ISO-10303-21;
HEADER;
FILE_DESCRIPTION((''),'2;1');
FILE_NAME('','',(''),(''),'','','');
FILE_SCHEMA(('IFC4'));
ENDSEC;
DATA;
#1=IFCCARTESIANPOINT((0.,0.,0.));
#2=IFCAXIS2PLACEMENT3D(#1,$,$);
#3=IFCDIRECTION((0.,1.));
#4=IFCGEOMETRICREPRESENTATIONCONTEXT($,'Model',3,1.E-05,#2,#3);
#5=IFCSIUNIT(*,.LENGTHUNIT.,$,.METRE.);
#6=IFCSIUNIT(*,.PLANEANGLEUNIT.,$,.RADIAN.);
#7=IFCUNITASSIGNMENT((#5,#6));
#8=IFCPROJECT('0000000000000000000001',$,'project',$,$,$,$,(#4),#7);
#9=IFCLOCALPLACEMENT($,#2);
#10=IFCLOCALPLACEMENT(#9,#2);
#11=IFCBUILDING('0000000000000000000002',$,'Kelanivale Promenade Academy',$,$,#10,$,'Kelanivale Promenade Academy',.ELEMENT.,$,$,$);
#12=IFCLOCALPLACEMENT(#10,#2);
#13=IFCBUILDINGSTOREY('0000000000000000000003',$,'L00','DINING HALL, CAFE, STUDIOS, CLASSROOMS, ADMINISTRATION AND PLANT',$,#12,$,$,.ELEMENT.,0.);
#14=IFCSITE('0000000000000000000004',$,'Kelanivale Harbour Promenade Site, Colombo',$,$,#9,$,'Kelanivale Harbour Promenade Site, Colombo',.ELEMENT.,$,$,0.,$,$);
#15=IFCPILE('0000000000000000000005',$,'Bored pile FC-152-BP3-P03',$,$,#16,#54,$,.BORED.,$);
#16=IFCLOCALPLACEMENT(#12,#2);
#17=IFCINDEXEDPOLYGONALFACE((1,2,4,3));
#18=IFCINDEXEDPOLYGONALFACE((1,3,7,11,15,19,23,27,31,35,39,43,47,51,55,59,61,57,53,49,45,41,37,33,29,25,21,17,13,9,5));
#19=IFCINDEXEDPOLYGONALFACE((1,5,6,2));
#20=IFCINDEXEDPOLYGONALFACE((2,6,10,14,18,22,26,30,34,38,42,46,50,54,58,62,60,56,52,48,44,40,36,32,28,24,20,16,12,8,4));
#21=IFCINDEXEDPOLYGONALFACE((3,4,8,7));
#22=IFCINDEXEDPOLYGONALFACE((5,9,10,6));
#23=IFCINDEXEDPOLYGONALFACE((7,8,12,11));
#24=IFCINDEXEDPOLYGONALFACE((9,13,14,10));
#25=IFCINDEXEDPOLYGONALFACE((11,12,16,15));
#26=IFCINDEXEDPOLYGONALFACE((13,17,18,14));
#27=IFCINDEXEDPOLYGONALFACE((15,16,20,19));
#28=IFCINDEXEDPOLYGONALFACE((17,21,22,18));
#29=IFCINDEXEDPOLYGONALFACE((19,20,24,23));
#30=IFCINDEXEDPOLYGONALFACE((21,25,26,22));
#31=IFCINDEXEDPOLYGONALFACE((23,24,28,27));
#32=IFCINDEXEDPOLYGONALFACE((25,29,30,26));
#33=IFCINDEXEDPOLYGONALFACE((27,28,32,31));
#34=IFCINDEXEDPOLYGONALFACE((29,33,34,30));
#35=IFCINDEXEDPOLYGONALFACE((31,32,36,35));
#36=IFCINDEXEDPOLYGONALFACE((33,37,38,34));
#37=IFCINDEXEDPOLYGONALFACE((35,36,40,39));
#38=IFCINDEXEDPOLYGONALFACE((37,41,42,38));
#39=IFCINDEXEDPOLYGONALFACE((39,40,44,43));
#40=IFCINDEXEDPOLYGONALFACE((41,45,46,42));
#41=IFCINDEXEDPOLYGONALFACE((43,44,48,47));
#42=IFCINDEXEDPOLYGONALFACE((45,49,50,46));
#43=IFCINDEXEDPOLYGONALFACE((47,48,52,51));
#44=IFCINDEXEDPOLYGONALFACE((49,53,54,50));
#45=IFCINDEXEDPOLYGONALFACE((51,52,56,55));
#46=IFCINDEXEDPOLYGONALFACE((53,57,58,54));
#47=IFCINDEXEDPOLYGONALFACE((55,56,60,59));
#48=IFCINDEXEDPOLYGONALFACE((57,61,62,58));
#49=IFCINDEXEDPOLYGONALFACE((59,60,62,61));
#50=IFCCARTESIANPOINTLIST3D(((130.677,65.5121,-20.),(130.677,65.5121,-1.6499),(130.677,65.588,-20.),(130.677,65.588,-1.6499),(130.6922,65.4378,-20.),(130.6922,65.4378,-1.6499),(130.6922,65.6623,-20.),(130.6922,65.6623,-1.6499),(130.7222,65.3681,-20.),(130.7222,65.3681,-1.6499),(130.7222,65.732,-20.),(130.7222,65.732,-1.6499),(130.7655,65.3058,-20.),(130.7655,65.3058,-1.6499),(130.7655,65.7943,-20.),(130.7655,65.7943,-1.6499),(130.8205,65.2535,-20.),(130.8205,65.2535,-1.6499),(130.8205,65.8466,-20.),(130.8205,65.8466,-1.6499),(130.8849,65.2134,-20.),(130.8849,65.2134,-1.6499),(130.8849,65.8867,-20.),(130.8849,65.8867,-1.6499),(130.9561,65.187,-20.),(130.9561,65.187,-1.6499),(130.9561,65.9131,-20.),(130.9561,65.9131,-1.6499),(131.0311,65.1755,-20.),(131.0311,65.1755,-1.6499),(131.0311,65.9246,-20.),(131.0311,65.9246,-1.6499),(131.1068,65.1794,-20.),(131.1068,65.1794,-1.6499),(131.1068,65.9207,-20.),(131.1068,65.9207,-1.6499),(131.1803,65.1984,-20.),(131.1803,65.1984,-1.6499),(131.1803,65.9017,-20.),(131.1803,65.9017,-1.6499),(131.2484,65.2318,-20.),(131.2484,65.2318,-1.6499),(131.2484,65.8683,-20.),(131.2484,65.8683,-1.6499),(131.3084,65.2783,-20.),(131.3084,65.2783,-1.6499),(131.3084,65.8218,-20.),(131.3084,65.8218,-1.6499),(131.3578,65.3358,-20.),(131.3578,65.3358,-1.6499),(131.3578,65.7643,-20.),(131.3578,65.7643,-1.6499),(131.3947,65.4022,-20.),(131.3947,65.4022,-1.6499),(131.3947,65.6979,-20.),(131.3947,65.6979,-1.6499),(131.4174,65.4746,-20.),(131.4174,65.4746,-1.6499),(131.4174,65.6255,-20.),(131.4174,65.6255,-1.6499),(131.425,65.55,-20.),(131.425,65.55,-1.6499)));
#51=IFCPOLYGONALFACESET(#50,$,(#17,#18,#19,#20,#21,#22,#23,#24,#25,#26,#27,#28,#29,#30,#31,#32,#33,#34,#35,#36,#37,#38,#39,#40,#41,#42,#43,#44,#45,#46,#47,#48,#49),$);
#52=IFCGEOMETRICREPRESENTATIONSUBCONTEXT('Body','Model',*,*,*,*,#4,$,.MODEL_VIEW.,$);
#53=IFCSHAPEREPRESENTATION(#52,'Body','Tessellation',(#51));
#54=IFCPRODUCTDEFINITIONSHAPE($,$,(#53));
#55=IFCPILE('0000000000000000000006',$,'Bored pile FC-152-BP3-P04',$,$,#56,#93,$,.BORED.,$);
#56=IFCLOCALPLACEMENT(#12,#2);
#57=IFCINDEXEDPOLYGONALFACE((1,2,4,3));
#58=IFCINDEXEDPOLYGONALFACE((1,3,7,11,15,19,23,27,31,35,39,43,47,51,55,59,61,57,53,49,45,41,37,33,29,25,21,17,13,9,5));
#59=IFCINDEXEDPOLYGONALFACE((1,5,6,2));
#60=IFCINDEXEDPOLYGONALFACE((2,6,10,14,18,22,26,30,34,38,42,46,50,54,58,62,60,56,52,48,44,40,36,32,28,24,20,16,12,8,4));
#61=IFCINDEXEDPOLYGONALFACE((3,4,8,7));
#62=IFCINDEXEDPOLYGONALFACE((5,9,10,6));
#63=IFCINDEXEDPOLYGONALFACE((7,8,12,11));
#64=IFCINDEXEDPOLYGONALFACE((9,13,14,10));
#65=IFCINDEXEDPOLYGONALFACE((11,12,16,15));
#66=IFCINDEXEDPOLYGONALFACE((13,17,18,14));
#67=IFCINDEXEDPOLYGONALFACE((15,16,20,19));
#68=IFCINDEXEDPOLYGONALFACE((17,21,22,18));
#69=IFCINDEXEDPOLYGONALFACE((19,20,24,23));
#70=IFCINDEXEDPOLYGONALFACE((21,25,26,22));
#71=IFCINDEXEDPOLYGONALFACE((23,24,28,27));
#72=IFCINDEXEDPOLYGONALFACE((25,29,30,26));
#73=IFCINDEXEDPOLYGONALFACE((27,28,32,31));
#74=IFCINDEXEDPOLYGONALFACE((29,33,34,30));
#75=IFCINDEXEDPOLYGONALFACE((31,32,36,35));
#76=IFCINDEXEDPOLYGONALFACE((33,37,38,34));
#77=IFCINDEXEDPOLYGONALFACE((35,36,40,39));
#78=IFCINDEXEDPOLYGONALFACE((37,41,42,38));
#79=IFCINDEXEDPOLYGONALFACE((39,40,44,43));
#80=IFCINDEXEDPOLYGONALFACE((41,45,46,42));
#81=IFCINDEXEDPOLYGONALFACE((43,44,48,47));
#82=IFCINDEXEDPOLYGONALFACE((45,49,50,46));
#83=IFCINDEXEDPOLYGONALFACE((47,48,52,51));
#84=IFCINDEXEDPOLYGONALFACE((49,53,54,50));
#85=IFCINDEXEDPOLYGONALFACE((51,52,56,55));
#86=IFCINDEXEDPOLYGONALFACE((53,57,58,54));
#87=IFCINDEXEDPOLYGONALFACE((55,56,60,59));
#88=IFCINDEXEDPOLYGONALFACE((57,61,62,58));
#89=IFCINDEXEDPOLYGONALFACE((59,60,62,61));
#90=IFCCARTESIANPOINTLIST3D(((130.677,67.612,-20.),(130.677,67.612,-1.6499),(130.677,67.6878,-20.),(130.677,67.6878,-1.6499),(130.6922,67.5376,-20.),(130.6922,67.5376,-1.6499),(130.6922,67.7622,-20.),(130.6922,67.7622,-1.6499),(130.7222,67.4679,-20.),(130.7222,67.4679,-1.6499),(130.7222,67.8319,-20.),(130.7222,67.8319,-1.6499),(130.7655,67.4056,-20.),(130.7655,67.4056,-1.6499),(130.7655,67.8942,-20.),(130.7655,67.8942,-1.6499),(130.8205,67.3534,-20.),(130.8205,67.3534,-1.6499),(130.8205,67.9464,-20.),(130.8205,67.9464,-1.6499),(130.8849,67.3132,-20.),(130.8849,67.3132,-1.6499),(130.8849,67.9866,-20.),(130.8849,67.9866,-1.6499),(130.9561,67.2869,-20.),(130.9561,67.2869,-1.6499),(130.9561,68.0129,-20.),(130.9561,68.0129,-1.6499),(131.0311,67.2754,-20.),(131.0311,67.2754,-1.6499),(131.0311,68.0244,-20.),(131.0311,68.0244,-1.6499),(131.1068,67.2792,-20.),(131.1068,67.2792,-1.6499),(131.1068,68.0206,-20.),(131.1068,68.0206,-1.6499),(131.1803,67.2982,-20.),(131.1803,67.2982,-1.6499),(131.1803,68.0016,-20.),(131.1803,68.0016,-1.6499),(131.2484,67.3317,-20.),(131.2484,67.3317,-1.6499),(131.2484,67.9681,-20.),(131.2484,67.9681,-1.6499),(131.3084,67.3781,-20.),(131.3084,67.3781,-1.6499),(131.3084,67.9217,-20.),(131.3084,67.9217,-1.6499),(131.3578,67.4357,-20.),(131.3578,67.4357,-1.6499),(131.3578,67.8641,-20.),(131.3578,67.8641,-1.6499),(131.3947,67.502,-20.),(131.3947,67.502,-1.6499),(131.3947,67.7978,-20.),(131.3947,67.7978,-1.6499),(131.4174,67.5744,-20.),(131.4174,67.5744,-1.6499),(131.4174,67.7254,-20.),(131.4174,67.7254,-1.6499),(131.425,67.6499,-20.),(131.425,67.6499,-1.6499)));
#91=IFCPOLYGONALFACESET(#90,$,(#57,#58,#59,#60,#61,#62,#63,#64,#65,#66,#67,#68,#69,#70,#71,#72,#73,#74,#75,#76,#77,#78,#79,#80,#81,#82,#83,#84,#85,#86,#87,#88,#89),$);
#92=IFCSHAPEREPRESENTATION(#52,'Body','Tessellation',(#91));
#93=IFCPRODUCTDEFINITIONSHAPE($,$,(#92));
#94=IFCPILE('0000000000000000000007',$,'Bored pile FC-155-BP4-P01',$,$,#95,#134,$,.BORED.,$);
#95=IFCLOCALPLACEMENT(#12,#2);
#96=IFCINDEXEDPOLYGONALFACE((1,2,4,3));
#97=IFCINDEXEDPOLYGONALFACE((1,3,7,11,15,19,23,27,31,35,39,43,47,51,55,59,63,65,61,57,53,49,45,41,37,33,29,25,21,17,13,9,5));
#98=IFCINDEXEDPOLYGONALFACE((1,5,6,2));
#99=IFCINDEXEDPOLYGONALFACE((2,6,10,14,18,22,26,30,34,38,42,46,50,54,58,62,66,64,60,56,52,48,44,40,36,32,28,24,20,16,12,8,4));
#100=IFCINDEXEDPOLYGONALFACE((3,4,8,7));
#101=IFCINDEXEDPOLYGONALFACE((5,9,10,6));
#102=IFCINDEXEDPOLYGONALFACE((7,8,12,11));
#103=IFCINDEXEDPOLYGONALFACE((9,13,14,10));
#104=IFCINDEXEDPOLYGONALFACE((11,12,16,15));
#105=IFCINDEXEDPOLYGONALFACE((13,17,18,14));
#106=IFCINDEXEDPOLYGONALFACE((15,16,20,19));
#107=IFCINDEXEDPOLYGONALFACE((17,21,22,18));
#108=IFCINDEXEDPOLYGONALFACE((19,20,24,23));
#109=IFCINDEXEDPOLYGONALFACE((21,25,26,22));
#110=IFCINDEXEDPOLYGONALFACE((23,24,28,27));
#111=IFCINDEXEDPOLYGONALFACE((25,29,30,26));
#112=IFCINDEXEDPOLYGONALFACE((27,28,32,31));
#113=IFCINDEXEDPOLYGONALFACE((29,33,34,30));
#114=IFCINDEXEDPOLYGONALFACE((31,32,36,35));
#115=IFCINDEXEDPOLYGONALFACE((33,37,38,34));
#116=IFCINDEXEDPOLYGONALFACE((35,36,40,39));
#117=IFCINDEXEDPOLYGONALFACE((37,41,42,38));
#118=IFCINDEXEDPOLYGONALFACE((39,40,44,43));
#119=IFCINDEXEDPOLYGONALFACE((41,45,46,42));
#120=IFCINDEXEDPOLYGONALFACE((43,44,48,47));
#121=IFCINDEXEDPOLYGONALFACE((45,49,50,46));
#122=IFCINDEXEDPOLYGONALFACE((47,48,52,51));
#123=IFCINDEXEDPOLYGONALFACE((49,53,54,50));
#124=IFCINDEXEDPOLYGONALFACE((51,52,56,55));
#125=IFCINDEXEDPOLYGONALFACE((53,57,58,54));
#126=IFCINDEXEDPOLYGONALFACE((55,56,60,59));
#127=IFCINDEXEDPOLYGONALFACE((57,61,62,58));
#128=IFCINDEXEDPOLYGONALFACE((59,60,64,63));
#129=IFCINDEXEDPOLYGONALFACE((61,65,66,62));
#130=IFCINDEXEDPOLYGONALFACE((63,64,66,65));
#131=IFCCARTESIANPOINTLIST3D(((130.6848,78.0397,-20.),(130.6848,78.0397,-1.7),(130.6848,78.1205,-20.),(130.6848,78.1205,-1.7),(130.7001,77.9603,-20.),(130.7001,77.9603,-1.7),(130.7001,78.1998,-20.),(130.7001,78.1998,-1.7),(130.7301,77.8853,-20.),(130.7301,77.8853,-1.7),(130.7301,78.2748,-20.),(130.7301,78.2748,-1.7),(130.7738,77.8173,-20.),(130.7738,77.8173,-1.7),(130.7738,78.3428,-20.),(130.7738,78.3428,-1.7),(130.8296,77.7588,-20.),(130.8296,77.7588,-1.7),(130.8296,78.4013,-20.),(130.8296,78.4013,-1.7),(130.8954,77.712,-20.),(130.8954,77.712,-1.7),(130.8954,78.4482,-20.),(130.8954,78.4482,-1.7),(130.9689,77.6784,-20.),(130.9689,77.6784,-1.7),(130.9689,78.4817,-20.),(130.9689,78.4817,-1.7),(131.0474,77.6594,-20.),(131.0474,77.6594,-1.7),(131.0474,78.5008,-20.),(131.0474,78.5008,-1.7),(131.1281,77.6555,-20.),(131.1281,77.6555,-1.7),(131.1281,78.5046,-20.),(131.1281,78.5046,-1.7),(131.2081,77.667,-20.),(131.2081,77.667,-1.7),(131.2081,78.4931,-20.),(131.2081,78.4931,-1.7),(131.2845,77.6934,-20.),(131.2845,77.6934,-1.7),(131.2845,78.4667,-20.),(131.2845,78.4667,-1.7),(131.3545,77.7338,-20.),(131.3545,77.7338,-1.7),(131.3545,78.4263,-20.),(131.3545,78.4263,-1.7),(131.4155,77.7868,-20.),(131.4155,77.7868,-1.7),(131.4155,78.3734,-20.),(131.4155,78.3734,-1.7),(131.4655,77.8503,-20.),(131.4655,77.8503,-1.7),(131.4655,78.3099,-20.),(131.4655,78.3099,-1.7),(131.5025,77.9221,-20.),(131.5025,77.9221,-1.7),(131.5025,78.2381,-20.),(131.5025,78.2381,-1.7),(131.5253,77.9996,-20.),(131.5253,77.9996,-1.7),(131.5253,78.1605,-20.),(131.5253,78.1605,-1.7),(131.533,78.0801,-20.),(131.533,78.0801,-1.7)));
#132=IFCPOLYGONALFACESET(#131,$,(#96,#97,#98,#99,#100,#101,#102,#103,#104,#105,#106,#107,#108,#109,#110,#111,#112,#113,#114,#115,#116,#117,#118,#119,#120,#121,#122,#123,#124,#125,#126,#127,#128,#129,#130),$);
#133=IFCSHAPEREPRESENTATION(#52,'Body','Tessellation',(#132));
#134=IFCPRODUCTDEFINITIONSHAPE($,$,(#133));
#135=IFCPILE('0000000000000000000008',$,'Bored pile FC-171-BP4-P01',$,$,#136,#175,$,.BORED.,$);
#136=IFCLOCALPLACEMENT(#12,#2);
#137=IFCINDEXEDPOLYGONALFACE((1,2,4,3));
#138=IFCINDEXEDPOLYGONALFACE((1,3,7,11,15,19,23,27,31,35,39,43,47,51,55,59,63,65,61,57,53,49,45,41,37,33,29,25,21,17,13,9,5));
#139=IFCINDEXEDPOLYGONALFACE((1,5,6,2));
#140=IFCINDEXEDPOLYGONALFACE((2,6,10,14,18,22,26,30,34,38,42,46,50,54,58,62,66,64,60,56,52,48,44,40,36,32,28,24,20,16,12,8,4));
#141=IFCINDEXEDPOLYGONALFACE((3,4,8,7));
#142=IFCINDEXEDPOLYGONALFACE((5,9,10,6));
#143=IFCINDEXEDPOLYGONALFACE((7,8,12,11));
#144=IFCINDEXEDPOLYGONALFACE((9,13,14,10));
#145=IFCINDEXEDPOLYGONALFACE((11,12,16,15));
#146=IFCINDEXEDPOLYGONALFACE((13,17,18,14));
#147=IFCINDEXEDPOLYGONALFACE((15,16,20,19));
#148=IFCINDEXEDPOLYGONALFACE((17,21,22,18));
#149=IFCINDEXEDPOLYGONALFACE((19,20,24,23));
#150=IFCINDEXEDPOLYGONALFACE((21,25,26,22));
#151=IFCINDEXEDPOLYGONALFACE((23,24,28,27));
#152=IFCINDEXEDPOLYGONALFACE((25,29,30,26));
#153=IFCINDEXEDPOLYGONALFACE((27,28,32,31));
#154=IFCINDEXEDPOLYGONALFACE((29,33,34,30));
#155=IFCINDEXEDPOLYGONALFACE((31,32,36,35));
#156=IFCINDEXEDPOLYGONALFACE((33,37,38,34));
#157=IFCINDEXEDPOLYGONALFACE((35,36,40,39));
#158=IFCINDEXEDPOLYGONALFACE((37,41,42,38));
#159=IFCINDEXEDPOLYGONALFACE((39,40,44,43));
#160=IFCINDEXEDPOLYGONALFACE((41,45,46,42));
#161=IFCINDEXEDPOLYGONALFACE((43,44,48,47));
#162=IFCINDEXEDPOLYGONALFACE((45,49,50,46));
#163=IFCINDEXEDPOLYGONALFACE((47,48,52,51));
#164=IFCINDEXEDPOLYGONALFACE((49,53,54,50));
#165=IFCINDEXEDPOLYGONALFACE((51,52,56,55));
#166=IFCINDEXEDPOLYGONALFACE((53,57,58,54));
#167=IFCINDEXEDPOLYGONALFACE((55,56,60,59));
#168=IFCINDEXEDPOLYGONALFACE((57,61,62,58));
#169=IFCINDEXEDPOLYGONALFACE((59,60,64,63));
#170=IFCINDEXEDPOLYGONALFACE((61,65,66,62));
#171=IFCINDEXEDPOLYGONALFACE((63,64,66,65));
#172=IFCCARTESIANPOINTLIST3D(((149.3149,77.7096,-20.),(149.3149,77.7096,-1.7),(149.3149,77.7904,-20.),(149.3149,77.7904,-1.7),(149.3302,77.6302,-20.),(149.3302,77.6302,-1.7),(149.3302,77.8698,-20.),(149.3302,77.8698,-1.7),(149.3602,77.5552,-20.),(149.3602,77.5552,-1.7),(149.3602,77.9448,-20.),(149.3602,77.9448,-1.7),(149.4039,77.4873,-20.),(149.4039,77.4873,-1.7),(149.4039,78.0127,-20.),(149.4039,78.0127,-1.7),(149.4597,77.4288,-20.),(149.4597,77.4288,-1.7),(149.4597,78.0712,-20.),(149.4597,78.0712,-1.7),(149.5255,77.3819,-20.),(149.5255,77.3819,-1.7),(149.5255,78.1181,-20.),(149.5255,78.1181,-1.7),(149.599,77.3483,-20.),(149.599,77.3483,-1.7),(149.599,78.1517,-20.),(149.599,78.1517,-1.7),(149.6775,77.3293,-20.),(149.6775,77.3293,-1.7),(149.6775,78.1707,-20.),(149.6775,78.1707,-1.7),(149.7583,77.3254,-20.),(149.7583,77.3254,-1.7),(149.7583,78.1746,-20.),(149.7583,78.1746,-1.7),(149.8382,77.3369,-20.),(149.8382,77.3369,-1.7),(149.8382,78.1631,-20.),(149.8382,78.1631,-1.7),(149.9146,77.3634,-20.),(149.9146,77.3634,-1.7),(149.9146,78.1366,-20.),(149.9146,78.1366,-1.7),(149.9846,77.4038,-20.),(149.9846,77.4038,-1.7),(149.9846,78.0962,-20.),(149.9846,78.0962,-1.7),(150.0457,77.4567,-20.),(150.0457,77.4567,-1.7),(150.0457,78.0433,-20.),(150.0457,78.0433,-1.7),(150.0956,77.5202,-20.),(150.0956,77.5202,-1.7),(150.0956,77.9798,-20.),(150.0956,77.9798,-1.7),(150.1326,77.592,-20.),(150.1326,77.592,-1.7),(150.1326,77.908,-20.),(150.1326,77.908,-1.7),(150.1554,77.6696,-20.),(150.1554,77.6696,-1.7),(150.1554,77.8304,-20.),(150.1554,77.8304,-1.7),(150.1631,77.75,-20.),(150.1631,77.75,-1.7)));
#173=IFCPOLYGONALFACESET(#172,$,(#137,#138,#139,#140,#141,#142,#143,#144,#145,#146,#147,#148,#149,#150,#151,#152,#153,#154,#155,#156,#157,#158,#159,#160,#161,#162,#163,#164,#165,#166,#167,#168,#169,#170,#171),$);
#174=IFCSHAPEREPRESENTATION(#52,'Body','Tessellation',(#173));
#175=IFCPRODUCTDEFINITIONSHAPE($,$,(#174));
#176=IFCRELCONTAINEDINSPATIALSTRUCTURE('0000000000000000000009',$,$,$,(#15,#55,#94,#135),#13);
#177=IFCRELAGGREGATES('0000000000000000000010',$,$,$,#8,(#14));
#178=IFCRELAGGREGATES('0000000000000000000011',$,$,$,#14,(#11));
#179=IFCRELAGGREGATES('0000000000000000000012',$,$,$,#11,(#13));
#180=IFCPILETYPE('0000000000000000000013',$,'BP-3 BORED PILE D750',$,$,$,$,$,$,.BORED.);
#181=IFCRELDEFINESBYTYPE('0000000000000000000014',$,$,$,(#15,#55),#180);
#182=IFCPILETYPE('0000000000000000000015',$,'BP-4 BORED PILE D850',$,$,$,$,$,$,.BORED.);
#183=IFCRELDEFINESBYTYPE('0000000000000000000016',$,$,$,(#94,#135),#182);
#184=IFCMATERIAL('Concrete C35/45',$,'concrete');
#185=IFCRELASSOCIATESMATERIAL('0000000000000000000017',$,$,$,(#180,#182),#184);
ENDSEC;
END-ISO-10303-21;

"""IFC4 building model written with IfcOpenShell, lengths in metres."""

from ifc_helpers import new_model, si_unit, direction, frame, origin, origin_2d, place, context, subcontext, project, spatial, circle, extrude, material, material_profile, profile_set, type_object, element, save


model = new_model("IFC4")

# Units and contexts
model_context = context("Model", 3, precision=1e-05, world=origin(), true_north=direction((0.0, 1.0)))
body_context = subcontext(model_context, "Body", "Model", "MODEL_VIEW")
ifc_project = project(units=[si_unit("LENGTHUNIT", "METRE"), si_unit("PLANEANGLEUNIT", "RADIAN")], contexts=[model_context])

# Site, building, storey
site_placement = place(None, origin())
site = spatial("IfcSite", under=ifc_project, at=site_placement, Name="Kelanivale Harbour Promenade Site, Colombo", LongName="Kelanivale Harbour Promenade Site, Colombo", CompositionType="ELEMENT", RefElevation=0.0)
building_placement = place(site_placement, origin())
building = spatial("IfcBuilding", under=site, at=building_placement, Name="Kelanivale Promenade Academy", LongName="Kelanivale Promenade Academy", CompositionType="ELEMENT")
storey_placement = place(building_placement, origin())
storey = spatial("IfcBuildingStorey", under=building, at=storey_placement, Name="L00", Description="DINING HALL, CAFE, STUDIOS, CLASSROOMS, ADMINISTRATION AND PLANT", CompositionType="ELEMENT", Elevation=0.0)

# Piles
ifc_material_1 = material(Name="Concrete C35/45", Category="concrete")
ifc_material_profile_1 = material_profile(ifc_material_1, circle(Radius=0.375, at=origin_2d()), Name="BORED PILE D750")
ifc_profile_set_1 = profile_set([ifc_material_profile_1], Name="Concrete C35/45")
pile_type_1 = type_object("IfcPileType", Name="BP-3 BORED PILE D750", PredefinedType="BORED", material=ifc_profile_set_1)
for number, where, z_axis, x_axis, name in (
    (1, (131.05, 65.55, -1.6499), (0.0, 0.0, -1.0), (1.0, 0.0, 0.0), "Bored pile FC-152-BP3-P03"),
    (2, (131.05, 67.6499, -1.6499), (0.0, 0.0, -1.0), (1.0, 0.0, 0.0), "Bored pile FC-152-BP3-P04"),
):
    element("IfcPile", number, at=place(storey_placement, frame(where, z_axis=z_axis, x_axis=x_axis)), inside=storey, type_object=pile_type_1, Name=name, PredefinedType="BORED", context=body_context, shape_type="SweptSolid", body=[
        extrude(circle(Radius=0.375, at=origin_2d()), origin(), (0.0, 0.0, 1.0), 18.3501),
    ])
ifc_material_profile_2 = material_profile(ifc_material_1, circle(Radius=0.425, at=origin_2d()), Name="BORED PILE D850")
ifc_profile_set_2 = profile_set([ifc_material_profile_2], Name="Concrete C35/45")
pile_type_2 = type_object("IfcPileType", Name="BP-4 BORED PILE D850", PredefinedType="BORED", material=ifc_profile_set_2)
for number, where, z_axis, x_axis, name in (
    (3, (131.1079, 78.0801, -1.7), (0.0, 0.0, -1.0), (1.0, 0.0, 0.0), "Bored pile FC-155-BP4-P01"),
    (4, (149.738, 77.75, -1.7), (0.0, 0.0, -1.0), (1.0, 0.0, 0.0), "Bored pile FC-171-BP4-P01"),
):
    element("IfcPile", number, at=place(storey_placement, frame(where, z_axis=z_axis, x_axis=x_axis)), inside=storey, type_object=pile_type_2, Name=name, PredefinedType="BORED", context=body_context, shape_type="SweptSolid", body=[
        extrude(circle(Radius=0.425, at=origin_2d()), origin(), (0.0, 0.0, 1.0), 18.3),
    ])

save(model, "model.ifc")
